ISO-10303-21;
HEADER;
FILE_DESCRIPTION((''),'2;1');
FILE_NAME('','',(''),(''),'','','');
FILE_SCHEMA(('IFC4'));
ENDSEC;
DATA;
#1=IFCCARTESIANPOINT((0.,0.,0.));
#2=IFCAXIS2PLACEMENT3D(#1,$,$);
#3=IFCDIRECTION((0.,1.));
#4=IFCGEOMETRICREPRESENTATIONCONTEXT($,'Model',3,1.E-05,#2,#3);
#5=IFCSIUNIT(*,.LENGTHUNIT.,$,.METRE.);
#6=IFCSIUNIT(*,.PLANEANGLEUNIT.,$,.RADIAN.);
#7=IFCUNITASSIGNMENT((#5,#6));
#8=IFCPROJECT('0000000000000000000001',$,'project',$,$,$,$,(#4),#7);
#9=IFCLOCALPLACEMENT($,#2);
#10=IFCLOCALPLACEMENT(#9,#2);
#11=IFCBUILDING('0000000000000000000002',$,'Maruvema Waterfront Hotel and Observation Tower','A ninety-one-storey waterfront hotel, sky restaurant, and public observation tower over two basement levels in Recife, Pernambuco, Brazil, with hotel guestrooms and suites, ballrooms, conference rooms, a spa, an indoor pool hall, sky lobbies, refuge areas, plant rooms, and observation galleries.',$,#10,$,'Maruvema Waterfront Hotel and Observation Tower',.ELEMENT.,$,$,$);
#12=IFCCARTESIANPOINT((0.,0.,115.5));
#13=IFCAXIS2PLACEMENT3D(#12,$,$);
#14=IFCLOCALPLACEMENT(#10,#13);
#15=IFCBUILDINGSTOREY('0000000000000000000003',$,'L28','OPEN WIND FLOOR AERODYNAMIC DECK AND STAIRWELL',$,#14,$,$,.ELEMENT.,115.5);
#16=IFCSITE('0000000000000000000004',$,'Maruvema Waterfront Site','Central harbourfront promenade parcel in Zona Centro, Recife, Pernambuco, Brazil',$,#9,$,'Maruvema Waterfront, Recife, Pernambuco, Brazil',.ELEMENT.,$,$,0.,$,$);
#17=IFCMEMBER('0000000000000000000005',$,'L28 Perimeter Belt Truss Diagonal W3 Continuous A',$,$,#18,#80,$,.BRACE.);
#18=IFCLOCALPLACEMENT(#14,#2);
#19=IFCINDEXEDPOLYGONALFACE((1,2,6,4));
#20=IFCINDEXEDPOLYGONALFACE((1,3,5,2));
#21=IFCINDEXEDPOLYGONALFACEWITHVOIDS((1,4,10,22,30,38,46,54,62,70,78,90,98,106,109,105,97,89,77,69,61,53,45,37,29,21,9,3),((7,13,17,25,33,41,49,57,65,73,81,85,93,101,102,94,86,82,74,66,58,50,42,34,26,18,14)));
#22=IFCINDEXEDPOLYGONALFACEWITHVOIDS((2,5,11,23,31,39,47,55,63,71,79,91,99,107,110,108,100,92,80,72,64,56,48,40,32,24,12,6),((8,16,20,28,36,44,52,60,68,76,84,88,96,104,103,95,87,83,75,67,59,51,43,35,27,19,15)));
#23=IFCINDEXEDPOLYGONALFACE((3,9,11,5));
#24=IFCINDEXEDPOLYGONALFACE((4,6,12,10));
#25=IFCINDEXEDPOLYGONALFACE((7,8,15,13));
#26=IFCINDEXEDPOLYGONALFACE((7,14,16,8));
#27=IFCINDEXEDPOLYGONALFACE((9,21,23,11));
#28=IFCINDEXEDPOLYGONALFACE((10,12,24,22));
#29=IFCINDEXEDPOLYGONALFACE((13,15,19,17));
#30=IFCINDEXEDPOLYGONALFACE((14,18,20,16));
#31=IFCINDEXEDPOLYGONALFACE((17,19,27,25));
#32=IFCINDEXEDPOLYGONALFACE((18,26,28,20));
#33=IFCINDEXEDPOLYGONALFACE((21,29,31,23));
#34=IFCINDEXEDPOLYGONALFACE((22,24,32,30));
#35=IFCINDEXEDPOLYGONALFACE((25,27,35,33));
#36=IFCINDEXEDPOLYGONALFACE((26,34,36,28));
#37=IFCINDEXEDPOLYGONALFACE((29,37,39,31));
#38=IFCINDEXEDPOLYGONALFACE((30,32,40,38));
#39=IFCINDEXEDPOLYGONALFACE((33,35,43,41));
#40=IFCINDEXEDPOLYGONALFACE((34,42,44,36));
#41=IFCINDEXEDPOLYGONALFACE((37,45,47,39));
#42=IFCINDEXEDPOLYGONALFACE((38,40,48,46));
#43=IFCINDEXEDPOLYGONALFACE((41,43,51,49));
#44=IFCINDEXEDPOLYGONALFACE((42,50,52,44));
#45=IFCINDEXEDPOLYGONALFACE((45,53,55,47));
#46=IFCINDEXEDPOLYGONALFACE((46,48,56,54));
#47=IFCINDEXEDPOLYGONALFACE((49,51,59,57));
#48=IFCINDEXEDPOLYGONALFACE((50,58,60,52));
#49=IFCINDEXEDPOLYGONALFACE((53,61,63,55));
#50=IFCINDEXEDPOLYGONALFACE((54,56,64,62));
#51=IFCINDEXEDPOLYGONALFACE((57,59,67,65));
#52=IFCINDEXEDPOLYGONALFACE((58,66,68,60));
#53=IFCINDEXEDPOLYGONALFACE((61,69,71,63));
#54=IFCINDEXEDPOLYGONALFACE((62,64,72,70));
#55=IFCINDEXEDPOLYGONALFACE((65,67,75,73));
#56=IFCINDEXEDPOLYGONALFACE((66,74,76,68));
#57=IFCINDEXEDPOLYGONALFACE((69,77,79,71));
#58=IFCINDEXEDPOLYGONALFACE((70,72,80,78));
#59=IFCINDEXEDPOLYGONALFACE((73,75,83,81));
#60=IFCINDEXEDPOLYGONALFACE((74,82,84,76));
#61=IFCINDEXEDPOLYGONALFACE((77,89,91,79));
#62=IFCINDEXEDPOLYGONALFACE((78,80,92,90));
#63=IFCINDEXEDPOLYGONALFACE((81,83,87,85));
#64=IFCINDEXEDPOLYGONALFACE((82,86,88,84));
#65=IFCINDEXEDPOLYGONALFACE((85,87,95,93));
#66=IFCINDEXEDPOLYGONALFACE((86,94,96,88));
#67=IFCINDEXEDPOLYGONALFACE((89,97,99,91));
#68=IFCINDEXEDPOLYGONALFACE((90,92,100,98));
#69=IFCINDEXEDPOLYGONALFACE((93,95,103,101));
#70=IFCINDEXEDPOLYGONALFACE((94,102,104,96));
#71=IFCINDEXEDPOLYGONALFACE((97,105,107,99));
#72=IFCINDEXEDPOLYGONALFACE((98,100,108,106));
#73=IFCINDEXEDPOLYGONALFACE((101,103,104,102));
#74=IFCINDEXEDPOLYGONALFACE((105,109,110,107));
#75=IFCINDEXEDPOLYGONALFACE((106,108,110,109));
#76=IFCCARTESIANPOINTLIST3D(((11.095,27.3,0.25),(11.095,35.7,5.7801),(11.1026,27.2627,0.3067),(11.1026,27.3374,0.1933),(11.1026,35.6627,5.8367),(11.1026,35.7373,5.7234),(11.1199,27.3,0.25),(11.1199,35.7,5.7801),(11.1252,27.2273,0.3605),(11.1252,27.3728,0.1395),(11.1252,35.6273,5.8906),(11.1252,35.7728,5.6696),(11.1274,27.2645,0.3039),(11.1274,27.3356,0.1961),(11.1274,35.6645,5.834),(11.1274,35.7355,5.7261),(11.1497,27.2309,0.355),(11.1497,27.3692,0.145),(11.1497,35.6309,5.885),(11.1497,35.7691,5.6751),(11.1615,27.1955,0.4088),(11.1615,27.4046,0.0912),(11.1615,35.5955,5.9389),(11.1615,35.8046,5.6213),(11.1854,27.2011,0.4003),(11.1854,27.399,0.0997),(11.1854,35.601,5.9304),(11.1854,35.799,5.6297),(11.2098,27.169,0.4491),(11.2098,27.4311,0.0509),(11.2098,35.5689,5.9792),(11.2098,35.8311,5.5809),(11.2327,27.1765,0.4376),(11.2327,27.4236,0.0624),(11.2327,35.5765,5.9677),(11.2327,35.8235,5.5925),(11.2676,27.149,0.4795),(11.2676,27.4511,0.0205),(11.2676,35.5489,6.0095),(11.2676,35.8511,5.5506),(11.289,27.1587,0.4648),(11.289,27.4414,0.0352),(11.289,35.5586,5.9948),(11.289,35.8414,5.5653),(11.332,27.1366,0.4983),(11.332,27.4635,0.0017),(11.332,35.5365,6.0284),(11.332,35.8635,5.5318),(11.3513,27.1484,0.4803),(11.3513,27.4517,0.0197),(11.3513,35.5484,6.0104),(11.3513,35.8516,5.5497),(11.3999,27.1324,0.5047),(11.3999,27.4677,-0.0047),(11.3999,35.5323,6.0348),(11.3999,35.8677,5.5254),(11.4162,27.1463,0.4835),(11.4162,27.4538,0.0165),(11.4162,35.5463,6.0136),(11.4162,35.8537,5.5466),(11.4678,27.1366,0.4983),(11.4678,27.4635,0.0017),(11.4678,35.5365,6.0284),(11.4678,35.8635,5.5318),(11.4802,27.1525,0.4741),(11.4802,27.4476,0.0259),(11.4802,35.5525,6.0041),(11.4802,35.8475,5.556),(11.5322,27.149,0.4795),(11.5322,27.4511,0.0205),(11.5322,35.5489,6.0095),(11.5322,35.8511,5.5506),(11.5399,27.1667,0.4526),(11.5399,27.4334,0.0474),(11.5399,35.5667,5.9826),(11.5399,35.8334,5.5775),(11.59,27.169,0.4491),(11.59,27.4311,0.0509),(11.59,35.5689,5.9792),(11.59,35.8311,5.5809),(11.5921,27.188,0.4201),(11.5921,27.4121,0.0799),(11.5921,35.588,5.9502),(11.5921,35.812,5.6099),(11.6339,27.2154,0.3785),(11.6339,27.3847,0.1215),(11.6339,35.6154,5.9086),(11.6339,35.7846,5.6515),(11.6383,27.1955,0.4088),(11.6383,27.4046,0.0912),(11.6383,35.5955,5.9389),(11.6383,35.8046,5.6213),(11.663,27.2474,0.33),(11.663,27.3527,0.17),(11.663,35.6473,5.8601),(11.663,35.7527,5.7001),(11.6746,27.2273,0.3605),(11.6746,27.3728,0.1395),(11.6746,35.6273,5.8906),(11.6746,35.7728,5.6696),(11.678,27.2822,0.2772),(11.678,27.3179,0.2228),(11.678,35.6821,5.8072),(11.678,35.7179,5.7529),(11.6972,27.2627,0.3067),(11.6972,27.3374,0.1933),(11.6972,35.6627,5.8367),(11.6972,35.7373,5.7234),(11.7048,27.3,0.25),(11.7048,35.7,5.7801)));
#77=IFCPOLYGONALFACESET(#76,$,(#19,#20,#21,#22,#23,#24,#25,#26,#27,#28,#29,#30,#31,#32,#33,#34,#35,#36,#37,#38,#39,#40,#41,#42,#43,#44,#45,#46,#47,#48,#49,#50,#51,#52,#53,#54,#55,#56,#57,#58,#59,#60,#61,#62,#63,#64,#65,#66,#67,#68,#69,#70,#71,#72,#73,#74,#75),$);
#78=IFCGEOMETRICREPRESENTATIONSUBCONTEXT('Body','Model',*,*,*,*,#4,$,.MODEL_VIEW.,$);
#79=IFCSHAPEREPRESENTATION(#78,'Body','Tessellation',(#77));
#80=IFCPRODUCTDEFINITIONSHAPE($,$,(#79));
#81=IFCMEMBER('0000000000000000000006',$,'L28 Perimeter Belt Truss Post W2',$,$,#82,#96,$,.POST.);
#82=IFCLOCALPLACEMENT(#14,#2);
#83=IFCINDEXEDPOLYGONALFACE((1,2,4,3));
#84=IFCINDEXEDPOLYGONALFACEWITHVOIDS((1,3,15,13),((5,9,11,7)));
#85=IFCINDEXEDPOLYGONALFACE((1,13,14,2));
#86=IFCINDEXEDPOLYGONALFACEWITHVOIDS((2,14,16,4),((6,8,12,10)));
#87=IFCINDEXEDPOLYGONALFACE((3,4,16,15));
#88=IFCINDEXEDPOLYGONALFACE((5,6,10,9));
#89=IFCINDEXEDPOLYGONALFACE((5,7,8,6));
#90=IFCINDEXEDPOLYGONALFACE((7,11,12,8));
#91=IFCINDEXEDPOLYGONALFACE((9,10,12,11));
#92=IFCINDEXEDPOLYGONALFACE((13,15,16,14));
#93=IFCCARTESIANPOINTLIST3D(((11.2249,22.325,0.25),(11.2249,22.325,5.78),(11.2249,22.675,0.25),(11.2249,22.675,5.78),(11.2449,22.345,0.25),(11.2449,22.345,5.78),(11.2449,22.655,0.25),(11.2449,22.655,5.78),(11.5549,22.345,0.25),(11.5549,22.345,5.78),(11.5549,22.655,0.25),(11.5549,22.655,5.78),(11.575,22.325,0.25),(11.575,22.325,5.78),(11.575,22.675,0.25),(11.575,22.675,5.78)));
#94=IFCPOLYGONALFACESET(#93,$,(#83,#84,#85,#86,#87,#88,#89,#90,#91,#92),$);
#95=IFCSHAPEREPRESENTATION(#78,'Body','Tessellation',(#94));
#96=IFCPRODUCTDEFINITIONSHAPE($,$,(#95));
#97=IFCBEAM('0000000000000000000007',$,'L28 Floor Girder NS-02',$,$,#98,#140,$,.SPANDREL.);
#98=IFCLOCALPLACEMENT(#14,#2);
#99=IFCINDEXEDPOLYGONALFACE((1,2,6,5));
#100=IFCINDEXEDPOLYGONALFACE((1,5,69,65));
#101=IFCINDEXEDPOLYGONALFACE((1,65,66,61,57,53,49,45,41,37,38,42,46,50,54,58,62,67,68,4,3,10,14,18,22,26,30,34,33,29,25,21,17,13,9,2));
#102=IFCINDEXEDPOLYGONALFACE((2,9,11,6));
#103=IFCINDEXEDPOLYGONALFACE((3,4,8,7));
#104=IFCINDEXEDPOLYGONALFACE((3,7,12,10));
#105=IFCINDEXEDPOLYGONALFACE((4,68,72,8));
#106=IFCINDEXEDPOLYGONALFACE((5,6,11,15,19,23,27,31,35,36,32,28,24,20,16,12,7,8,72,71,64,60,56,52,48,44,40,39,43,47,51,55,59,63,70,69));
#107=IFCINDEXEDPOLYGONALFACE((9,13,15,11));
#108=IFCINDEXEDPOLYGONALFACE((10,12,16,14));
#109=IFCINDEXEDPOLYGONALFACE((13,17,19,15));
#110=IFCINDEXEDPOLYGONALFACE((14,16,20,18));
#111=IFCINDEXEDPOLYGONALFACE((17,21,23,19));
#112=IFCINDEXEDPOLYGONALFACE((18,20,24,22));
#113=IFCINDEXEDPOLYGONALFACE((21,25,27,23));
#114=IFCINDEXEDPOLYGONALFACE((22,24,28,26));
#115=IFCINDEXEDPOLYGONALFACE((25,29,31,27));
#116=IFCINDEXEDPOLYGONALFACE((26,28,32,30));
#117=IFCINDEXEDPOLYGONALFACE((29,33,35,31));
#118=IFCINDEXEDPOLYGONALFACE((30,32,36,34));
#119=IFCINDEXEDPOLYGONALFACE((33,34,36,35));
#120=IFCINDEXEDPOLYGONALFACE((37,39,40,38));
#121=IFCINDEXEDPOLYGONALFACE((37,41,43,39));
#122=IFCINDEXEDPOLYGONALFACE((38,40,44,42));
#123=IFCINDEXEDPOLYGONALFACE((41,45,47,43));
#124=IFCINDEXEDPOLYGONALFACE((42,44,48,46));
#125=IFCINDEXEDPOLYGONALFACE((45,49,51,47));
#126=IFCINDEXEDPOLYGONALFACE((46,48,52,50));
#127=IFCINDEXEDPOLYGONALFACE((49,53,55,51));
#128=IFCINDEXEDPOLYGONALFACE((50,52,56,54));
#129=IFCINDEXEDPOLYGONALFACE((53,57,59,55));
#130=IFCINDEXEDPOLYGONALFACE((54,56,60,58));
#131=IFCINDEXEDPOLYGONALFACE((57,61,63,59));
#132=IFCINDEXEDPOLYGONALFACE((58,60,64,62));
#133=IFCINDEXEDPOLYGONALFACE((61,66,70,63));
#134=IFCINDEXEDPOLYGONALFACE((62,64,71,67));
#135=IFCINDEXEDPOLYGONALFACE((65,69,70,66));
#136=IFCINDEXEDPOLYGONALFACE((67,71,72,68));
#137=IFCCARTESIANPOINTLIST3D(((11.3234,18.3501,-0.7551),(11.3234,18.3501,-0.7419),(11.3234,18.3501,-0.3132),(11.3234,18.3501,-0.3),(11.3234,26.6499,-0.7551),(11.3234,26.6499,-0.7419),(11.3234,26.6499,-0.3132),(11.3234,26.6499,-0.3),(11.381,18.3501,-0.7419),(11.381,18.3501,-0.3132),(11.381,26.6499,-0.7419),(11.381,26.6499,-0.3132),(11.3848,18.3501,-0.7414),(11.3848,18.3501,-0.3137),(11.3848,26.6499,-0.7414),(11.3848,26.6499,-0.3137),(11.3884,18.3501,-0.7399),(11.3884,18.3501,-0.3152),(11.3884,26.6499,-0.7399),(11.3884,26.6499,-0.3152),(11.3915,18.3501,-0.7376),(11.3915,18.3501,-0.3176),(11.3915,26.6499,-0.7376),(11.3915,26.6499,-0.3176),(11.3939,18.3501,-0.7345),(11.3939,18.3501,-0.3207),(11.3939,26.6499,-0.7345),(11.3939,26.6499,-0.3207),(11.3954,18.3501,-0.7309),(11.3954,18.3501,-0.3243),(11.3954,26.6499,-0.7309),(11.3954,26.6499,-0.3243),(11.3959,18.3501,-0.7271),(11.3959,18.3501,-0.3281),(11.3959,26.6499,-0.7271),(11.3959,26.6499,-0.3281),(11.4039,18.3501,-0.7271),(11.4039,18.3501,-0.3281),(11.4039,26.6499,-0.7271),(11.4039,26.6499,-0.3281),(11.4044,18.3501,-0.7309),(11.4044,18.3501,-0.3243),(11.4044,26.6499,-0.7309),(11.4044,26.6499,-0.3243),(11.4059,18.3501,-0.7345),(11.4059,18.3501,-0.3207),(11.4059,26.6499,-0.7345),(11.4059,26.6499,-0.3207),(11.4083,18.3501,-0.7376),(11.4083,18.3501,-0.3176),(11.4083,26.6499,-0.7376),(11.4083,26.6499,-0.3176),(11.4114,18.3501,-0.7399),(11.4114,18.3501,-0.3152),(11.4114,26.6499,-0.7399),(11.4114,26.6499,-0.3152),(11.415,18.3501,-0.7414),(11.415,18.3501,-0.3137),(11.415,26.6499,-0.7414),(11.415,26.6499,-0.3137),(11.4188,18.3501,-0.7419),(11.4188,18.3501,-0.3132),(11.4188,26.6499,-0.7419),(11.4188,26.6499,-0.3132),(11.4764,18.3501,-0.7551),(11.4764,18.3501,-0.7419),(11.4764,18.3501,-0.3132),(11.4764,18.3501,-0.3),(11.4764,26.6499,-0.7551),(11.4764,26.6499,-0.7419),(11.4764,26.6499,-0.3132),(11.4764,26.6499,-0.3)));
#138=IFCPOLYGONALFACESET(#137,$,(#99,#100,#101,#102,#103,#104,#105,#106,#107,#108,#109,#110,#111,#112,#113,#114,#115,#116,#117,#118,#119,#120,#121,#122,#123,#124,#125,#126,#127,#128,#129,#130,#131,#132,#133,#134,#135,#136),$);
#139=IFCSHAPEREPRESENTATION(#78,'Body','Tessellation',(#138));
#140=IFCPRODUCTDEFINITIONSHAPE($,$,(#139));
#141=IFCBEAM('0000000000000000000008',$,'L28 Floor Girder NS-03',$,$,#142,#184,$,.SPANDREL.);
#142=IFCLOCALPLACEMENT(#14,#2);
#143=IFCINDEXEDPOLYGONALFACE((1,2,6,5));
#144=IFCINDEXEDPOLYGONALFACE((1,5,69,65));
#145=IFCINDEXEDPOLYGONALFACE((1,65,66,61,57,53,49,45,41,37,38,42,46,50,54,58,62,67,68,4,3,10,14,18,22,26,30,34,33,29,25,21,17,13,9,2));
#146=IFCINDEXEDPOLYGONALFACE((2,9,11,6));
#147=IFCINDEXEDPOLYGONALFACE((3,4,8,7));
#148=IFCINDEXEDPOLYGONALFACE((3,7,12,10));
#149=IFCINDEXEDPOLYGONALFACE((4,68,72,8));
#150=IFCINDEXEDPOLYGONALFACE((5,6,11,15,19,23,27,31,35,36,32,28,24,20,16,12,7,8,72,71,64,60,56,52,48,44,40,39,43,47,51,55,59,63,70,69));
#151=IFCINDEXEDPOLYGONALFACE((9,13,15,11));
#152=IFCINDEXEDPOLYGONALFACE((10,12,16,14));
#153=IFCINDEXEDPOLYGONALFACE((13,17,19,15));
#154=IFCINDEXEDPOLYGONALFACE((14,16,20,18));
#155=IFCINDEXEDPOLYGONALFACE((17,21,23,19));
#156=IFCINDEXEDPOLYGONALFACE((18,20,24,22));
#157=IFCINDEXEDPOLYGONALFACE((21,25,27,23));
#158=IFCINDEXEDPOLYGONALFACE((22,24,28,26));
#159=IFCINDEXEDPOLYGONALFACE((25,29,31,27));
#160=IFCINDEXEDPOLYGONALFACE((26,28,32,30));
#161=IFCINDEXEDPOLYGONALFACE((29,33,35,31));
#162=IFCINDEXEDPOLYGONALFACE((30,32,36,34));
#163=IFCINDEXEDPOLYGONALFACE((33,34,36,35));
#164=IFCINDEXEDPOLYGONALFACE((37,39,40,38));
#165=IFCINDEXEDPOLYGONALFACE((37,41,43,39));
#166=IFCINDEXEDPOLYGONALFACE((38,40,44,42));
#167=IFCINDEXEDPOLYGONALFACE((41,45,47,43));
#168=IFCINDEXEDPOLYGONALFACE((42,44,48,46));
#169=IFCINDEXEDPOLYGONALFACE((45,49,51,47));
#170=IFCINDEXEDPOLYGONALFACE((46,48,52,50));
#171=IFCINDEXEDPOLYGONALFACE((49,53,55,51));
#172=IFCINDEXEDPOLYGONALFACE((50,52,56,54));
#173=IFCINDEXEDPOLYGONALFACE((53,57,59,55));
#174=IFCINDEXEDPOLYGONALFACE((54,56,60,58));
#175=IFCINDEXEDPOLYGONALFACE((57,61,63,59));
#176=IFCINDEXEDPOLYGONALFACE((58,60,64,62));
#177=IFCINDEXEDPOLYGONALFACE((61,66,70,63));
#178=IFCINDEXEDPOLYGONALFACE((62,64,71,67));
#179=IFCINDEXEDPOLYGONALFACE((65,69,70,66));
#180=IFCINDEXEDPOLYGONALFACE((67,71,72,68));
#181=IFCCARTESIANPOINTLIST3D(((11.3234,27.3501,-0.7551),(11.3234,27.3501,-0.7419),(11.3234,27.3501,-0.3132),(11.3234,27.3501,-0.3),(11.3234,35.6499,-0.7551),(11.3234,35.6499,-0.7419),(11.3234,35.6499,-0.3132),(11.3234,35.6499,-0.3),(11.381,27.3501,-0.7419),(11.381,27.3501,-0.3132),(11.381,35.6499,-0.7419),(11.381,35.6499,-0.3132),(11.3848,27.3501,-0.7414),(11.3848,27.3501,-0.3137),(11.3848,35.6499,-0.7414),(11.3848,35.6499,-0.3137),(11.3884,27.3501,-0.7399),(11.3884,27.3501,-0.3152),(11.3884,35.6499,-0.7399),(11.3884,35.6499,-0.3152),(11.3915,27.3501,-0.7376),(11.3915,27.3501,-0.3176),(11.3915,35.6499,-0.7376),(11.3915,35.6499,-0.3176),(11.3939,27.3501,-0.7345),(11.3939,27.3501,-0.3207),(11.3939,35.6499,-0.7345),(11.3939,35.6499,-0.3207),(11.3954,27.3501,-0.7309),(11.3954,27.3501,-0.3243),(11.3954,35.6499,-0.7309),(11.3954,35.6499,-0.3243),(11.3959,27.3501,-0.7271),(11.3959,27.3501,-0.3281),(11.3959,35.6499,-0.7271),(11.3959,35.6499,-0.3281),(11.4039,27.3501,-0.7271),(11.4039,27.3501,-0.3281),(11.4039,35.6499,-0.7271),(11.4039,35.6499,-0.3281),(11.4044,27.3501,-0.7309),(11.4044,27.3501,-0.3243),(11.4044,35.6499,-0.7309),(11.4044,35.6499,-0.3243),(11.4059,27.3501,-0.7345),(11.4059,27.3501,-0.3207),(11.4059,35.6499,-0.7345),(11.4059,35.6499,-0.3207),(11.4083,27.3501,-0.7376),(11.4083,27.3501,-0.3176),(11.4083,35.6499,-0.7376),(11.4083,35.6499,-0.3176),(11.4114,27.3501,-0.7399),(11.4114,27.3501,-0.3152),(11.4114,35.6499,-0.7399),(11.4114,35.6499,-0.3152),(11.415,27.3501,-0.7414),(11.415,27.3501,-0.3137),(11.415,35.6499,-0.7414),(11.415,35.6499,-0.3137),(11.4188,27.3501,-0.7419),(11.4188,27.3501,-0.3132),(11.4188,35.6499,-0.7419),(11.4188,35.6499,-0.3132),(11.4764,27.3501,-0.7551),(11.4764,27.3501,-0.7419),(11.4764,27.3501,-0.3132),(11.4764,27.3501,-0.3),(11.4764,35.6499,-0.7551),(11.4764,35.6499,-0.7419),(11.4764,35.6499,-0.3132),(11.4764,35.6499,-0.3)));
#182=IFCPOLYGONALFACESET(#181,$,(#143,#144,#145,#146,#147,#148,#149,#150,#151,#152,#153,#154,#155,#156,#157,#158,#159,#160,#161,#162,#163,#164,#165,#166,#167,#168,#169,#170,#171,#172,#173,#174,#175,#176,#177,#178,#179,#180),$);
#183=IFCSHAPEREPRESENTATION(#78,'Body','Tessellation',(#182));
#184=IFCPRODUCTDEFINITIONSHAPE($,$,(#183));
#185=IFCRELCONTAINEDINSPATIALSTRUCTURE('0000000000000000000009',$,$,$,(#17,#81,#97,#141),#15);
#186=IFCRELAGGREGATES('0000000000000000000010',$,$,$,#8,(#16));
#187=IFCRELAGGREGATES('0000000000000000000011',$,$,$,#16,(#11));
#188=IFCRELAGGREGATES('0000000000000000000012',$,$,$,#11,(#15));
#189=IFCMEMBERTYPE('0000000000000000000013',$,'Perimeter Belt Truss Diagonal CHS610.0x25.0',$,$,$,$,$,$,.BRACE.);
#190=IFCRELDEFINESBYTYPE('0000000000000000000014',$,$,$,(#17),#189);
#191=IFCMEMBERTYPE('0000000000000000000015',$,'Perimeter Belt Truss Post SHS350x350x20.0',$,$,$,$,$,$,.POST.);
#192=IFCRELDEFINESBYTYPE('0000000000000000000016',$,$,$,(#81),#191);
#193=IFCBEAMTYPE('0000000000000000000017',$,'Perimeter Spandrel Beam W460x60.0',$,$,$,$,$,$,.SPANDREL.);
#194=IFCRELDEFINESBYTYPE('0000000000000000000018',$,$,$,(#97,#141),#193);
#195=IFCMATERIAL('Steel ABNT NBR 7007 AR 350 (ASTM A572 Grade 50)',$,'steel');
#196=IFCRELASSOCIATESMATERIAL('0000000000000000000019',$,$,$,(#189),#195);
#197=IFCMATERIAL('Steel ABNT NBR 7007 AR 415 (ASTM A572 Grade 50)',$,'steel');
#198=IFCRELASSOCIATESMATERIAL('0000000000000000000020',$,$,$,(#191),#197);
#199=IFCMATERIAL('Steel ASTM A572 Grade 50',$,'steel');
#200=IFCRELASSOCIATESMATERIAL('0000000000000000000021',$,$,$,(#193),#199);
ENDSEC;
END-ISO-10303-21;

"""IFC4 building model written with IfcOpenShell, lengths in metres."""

from ifc_helpers import new_model, si_unit, direction, frame, origin, origin_2d, place, context, subcontext, project, spatial, hollow_rectangle, hollow_circle, i_section, extrude, material, material_profile, profile_set, type_object, element, save


model = new_model("IFC4")

# Units and contexts
model_context = context("Model", 3, precision=1e-05, world=origin(), true_north=direction((0.0, 1.0)))
body_context = subcontext(model_context, "Body", "Model", "MODEL_VIEW")
ifc_project = project(units=[si_unit("LENGTHUNIT", "METRE"), si_unit("PLANEANGLEUNIT", "RADIAN")], contexts=[model_context])

# Site, building, storey
site_placement = place(None, origin())
site = spatial("IfcSite", under=ifc_project, at=site_placement, Name="Maruvema Waterfront Site", Description="Central harbourfront promenade parcel in Zona Centro, Recife, Pernambuco, Brazil", LongName="Maruvema Waterfront, Recife, Pernambuco, Brazil", CompositionType="ELEMENT", RefElevation=0.0)
building_placement = place(site_placement, origin())
building = spatial("IfcBuilding", under=site, at=building_placement, Name="Maruvema Waterfront Hotel and Observation Tower", Description="A ninety-one-storey waterfront hotel, sky restaurant, and public observation tower over two basement levels in Recife, Pernambuco, Brazil, with hotel guestrooms and suites, ballrooms, conference rooms, a spa, an indoor pool hall, sky lobbies, refuge areas, plant rooms, and observation galleries.", LongName="Maruvema Waterfront Hotel and Observation Tower", CompositionType="ELEMENT")
storey_placement = place(building_placement, frame((0.0, 0.0, 115.5)))
storey = spatial("IfcBuildingStorey", under=building, at=storey_placement, Name="L28", Description="OPEN WIND FLOOR AERODYNAMIC DECK AND STAIRWELL", CompositionType="ELEMENT", Elevation=115.5)

# Members
ifc_material_1 = material(Name="Steel ABNT NBR 7007 AR 350 (ASTM A572 Grade 50)", Category="steel")
ifc_material_profile_1 = material_profile(ifc_material_1, hollow_circle(Radius=0.3049, WallThickness=0.0249, at=origin_2d()), Name="CHS610.0x25.0")
ifc_profile_set_1 = profile_set([ifc_material_profile_1], Name="Steel ABNT NBR 7007 AR 350 (ASTM A572 Grade 50)")
member_type_1 = type_object("IfcMemberType", Name="Perimeter Belt Truss Diagonal CHS610.0x25.0", PredefinedType="BRACE", material=ifc_profile_set_1)
member_1_placement = place(storey_placement, frame((11.3999, 27.3, 0.25), z_axis=(0.0, 0.835245, 0.549879), x_axis=(-1.0, 0.0, 0.0)))
element("IfcMember", 1, at=member_1_placement, inside=storey, type_object=member_type_1, Name="L28 Perimeter Belt Truss Diagonal W3 Continuous A", PredefinedType="BRACE", context=body_context, shape_type="SweptSolid", body=[
    extrude(hollow_circle(Radius=0.3049, WallThickness=0.0249, at=origin_2d()), origin(), (0.0, 0.0, 1.0), 10.0569),
])
ifc_material_2 = material(Name="Steel ABNT NBR 7007 AR 415 (ASTM A572 Grade 50)", Category="steel")
ifc_material_profile_2 = material_profile(ifc_material_2, hollow_rectangle(XDim=0.3501, YDim=0.3501, WallThickness=0.02, at=origin_2d()), Name="SHS350x350x20.0")
ifc_profile_set_2 = profile_set([ifc_material_profile_2], Name="Steel ABNT NBR 7007 AR 415 (ASTM A572 Grade 50)")
member_type_2 = type_object("IfcMemberType", Name="Perimeter Belt Truss Post SHS350x350x20.0", PredefinedType="POST", material=ifc_profile_set_2)
member_2_placement = place(storey_placement, frame((11.3999, 22.5, 0.25), z_axis=(0.0, 0.0, 1.0), x_axis=(1.0, 0.0, 0.0)))
element("IfcMember", 2, at=member_2_placement, inside=storey, type_object=member_type_2, Name="L28 Perimeter Belt Truss Post W2", PredefinedType="POST", context=body_context, shape_type="SweptSolid", body=[
    extrude(hollow_rectangle(XDim=0.3501, YDim=0.3501, WallThickness=0.02, at=origin_2d()), origin(), (0.0, 0.0, 1.0), 5.53),
])

# Beams
ifc_material_3 = material(Name="Steel ASTM A572 Grade 50", Category="steel")
ifc_material_profile_3 = material_profile(ifc_material_3, i_section(OverallWidth=0.1531, OverallDepth=0.4551, WebThickness=0.0081, FlangeThickness=0.0132, FilletRadius=0.0149, at=origin_2d()), Name="W460x60.0")
ifc_profile_set_3 = profile_set([ifc_material_profile_3], Name="Steel ASTM A572 Grade 50")
beam_type_1 = type_object("IfcBeamType", Name="Perimeter Spandrel Beam W460x60.0", PredefinedType="SPANDREL", material=ifc_profile_set_3)
for number, where, z_axis, x_axis, name in (
    (3, (11.3999, 18.3501, -0.5276), (0.0, 1.0, 0.0), (-1.0, 0.0, 0.0), "L28 Floor Girder NS-02"),
    (4, (11.3999, 27.3501, -0.5276), (0.0, 1.0, 0.0), (-1.0, 0.0, 0.0), "L28 Floor Girder NS-03"),
):
    element("IfcBeam", number, at=place(storey_placement, frame(where, z_axis=z_axis, x_axis=x_axis)), inside=storey, type_object=beam_type_1, Name=name, PredefinedType="SPANDREL", context=body_context, shape_type="SweptSolid", body=[
        extrude(i_section(OverallWidth=0.1531, OverallDepth=0.4551, WebThickness=0.0081, FlangeThickness=0.0132, FilletRadius=0.0149, at=origin_2d()), origin(), (0.0, 0.0, 1.0), 8.2998),
    ])

save(model, "model.ifc")
